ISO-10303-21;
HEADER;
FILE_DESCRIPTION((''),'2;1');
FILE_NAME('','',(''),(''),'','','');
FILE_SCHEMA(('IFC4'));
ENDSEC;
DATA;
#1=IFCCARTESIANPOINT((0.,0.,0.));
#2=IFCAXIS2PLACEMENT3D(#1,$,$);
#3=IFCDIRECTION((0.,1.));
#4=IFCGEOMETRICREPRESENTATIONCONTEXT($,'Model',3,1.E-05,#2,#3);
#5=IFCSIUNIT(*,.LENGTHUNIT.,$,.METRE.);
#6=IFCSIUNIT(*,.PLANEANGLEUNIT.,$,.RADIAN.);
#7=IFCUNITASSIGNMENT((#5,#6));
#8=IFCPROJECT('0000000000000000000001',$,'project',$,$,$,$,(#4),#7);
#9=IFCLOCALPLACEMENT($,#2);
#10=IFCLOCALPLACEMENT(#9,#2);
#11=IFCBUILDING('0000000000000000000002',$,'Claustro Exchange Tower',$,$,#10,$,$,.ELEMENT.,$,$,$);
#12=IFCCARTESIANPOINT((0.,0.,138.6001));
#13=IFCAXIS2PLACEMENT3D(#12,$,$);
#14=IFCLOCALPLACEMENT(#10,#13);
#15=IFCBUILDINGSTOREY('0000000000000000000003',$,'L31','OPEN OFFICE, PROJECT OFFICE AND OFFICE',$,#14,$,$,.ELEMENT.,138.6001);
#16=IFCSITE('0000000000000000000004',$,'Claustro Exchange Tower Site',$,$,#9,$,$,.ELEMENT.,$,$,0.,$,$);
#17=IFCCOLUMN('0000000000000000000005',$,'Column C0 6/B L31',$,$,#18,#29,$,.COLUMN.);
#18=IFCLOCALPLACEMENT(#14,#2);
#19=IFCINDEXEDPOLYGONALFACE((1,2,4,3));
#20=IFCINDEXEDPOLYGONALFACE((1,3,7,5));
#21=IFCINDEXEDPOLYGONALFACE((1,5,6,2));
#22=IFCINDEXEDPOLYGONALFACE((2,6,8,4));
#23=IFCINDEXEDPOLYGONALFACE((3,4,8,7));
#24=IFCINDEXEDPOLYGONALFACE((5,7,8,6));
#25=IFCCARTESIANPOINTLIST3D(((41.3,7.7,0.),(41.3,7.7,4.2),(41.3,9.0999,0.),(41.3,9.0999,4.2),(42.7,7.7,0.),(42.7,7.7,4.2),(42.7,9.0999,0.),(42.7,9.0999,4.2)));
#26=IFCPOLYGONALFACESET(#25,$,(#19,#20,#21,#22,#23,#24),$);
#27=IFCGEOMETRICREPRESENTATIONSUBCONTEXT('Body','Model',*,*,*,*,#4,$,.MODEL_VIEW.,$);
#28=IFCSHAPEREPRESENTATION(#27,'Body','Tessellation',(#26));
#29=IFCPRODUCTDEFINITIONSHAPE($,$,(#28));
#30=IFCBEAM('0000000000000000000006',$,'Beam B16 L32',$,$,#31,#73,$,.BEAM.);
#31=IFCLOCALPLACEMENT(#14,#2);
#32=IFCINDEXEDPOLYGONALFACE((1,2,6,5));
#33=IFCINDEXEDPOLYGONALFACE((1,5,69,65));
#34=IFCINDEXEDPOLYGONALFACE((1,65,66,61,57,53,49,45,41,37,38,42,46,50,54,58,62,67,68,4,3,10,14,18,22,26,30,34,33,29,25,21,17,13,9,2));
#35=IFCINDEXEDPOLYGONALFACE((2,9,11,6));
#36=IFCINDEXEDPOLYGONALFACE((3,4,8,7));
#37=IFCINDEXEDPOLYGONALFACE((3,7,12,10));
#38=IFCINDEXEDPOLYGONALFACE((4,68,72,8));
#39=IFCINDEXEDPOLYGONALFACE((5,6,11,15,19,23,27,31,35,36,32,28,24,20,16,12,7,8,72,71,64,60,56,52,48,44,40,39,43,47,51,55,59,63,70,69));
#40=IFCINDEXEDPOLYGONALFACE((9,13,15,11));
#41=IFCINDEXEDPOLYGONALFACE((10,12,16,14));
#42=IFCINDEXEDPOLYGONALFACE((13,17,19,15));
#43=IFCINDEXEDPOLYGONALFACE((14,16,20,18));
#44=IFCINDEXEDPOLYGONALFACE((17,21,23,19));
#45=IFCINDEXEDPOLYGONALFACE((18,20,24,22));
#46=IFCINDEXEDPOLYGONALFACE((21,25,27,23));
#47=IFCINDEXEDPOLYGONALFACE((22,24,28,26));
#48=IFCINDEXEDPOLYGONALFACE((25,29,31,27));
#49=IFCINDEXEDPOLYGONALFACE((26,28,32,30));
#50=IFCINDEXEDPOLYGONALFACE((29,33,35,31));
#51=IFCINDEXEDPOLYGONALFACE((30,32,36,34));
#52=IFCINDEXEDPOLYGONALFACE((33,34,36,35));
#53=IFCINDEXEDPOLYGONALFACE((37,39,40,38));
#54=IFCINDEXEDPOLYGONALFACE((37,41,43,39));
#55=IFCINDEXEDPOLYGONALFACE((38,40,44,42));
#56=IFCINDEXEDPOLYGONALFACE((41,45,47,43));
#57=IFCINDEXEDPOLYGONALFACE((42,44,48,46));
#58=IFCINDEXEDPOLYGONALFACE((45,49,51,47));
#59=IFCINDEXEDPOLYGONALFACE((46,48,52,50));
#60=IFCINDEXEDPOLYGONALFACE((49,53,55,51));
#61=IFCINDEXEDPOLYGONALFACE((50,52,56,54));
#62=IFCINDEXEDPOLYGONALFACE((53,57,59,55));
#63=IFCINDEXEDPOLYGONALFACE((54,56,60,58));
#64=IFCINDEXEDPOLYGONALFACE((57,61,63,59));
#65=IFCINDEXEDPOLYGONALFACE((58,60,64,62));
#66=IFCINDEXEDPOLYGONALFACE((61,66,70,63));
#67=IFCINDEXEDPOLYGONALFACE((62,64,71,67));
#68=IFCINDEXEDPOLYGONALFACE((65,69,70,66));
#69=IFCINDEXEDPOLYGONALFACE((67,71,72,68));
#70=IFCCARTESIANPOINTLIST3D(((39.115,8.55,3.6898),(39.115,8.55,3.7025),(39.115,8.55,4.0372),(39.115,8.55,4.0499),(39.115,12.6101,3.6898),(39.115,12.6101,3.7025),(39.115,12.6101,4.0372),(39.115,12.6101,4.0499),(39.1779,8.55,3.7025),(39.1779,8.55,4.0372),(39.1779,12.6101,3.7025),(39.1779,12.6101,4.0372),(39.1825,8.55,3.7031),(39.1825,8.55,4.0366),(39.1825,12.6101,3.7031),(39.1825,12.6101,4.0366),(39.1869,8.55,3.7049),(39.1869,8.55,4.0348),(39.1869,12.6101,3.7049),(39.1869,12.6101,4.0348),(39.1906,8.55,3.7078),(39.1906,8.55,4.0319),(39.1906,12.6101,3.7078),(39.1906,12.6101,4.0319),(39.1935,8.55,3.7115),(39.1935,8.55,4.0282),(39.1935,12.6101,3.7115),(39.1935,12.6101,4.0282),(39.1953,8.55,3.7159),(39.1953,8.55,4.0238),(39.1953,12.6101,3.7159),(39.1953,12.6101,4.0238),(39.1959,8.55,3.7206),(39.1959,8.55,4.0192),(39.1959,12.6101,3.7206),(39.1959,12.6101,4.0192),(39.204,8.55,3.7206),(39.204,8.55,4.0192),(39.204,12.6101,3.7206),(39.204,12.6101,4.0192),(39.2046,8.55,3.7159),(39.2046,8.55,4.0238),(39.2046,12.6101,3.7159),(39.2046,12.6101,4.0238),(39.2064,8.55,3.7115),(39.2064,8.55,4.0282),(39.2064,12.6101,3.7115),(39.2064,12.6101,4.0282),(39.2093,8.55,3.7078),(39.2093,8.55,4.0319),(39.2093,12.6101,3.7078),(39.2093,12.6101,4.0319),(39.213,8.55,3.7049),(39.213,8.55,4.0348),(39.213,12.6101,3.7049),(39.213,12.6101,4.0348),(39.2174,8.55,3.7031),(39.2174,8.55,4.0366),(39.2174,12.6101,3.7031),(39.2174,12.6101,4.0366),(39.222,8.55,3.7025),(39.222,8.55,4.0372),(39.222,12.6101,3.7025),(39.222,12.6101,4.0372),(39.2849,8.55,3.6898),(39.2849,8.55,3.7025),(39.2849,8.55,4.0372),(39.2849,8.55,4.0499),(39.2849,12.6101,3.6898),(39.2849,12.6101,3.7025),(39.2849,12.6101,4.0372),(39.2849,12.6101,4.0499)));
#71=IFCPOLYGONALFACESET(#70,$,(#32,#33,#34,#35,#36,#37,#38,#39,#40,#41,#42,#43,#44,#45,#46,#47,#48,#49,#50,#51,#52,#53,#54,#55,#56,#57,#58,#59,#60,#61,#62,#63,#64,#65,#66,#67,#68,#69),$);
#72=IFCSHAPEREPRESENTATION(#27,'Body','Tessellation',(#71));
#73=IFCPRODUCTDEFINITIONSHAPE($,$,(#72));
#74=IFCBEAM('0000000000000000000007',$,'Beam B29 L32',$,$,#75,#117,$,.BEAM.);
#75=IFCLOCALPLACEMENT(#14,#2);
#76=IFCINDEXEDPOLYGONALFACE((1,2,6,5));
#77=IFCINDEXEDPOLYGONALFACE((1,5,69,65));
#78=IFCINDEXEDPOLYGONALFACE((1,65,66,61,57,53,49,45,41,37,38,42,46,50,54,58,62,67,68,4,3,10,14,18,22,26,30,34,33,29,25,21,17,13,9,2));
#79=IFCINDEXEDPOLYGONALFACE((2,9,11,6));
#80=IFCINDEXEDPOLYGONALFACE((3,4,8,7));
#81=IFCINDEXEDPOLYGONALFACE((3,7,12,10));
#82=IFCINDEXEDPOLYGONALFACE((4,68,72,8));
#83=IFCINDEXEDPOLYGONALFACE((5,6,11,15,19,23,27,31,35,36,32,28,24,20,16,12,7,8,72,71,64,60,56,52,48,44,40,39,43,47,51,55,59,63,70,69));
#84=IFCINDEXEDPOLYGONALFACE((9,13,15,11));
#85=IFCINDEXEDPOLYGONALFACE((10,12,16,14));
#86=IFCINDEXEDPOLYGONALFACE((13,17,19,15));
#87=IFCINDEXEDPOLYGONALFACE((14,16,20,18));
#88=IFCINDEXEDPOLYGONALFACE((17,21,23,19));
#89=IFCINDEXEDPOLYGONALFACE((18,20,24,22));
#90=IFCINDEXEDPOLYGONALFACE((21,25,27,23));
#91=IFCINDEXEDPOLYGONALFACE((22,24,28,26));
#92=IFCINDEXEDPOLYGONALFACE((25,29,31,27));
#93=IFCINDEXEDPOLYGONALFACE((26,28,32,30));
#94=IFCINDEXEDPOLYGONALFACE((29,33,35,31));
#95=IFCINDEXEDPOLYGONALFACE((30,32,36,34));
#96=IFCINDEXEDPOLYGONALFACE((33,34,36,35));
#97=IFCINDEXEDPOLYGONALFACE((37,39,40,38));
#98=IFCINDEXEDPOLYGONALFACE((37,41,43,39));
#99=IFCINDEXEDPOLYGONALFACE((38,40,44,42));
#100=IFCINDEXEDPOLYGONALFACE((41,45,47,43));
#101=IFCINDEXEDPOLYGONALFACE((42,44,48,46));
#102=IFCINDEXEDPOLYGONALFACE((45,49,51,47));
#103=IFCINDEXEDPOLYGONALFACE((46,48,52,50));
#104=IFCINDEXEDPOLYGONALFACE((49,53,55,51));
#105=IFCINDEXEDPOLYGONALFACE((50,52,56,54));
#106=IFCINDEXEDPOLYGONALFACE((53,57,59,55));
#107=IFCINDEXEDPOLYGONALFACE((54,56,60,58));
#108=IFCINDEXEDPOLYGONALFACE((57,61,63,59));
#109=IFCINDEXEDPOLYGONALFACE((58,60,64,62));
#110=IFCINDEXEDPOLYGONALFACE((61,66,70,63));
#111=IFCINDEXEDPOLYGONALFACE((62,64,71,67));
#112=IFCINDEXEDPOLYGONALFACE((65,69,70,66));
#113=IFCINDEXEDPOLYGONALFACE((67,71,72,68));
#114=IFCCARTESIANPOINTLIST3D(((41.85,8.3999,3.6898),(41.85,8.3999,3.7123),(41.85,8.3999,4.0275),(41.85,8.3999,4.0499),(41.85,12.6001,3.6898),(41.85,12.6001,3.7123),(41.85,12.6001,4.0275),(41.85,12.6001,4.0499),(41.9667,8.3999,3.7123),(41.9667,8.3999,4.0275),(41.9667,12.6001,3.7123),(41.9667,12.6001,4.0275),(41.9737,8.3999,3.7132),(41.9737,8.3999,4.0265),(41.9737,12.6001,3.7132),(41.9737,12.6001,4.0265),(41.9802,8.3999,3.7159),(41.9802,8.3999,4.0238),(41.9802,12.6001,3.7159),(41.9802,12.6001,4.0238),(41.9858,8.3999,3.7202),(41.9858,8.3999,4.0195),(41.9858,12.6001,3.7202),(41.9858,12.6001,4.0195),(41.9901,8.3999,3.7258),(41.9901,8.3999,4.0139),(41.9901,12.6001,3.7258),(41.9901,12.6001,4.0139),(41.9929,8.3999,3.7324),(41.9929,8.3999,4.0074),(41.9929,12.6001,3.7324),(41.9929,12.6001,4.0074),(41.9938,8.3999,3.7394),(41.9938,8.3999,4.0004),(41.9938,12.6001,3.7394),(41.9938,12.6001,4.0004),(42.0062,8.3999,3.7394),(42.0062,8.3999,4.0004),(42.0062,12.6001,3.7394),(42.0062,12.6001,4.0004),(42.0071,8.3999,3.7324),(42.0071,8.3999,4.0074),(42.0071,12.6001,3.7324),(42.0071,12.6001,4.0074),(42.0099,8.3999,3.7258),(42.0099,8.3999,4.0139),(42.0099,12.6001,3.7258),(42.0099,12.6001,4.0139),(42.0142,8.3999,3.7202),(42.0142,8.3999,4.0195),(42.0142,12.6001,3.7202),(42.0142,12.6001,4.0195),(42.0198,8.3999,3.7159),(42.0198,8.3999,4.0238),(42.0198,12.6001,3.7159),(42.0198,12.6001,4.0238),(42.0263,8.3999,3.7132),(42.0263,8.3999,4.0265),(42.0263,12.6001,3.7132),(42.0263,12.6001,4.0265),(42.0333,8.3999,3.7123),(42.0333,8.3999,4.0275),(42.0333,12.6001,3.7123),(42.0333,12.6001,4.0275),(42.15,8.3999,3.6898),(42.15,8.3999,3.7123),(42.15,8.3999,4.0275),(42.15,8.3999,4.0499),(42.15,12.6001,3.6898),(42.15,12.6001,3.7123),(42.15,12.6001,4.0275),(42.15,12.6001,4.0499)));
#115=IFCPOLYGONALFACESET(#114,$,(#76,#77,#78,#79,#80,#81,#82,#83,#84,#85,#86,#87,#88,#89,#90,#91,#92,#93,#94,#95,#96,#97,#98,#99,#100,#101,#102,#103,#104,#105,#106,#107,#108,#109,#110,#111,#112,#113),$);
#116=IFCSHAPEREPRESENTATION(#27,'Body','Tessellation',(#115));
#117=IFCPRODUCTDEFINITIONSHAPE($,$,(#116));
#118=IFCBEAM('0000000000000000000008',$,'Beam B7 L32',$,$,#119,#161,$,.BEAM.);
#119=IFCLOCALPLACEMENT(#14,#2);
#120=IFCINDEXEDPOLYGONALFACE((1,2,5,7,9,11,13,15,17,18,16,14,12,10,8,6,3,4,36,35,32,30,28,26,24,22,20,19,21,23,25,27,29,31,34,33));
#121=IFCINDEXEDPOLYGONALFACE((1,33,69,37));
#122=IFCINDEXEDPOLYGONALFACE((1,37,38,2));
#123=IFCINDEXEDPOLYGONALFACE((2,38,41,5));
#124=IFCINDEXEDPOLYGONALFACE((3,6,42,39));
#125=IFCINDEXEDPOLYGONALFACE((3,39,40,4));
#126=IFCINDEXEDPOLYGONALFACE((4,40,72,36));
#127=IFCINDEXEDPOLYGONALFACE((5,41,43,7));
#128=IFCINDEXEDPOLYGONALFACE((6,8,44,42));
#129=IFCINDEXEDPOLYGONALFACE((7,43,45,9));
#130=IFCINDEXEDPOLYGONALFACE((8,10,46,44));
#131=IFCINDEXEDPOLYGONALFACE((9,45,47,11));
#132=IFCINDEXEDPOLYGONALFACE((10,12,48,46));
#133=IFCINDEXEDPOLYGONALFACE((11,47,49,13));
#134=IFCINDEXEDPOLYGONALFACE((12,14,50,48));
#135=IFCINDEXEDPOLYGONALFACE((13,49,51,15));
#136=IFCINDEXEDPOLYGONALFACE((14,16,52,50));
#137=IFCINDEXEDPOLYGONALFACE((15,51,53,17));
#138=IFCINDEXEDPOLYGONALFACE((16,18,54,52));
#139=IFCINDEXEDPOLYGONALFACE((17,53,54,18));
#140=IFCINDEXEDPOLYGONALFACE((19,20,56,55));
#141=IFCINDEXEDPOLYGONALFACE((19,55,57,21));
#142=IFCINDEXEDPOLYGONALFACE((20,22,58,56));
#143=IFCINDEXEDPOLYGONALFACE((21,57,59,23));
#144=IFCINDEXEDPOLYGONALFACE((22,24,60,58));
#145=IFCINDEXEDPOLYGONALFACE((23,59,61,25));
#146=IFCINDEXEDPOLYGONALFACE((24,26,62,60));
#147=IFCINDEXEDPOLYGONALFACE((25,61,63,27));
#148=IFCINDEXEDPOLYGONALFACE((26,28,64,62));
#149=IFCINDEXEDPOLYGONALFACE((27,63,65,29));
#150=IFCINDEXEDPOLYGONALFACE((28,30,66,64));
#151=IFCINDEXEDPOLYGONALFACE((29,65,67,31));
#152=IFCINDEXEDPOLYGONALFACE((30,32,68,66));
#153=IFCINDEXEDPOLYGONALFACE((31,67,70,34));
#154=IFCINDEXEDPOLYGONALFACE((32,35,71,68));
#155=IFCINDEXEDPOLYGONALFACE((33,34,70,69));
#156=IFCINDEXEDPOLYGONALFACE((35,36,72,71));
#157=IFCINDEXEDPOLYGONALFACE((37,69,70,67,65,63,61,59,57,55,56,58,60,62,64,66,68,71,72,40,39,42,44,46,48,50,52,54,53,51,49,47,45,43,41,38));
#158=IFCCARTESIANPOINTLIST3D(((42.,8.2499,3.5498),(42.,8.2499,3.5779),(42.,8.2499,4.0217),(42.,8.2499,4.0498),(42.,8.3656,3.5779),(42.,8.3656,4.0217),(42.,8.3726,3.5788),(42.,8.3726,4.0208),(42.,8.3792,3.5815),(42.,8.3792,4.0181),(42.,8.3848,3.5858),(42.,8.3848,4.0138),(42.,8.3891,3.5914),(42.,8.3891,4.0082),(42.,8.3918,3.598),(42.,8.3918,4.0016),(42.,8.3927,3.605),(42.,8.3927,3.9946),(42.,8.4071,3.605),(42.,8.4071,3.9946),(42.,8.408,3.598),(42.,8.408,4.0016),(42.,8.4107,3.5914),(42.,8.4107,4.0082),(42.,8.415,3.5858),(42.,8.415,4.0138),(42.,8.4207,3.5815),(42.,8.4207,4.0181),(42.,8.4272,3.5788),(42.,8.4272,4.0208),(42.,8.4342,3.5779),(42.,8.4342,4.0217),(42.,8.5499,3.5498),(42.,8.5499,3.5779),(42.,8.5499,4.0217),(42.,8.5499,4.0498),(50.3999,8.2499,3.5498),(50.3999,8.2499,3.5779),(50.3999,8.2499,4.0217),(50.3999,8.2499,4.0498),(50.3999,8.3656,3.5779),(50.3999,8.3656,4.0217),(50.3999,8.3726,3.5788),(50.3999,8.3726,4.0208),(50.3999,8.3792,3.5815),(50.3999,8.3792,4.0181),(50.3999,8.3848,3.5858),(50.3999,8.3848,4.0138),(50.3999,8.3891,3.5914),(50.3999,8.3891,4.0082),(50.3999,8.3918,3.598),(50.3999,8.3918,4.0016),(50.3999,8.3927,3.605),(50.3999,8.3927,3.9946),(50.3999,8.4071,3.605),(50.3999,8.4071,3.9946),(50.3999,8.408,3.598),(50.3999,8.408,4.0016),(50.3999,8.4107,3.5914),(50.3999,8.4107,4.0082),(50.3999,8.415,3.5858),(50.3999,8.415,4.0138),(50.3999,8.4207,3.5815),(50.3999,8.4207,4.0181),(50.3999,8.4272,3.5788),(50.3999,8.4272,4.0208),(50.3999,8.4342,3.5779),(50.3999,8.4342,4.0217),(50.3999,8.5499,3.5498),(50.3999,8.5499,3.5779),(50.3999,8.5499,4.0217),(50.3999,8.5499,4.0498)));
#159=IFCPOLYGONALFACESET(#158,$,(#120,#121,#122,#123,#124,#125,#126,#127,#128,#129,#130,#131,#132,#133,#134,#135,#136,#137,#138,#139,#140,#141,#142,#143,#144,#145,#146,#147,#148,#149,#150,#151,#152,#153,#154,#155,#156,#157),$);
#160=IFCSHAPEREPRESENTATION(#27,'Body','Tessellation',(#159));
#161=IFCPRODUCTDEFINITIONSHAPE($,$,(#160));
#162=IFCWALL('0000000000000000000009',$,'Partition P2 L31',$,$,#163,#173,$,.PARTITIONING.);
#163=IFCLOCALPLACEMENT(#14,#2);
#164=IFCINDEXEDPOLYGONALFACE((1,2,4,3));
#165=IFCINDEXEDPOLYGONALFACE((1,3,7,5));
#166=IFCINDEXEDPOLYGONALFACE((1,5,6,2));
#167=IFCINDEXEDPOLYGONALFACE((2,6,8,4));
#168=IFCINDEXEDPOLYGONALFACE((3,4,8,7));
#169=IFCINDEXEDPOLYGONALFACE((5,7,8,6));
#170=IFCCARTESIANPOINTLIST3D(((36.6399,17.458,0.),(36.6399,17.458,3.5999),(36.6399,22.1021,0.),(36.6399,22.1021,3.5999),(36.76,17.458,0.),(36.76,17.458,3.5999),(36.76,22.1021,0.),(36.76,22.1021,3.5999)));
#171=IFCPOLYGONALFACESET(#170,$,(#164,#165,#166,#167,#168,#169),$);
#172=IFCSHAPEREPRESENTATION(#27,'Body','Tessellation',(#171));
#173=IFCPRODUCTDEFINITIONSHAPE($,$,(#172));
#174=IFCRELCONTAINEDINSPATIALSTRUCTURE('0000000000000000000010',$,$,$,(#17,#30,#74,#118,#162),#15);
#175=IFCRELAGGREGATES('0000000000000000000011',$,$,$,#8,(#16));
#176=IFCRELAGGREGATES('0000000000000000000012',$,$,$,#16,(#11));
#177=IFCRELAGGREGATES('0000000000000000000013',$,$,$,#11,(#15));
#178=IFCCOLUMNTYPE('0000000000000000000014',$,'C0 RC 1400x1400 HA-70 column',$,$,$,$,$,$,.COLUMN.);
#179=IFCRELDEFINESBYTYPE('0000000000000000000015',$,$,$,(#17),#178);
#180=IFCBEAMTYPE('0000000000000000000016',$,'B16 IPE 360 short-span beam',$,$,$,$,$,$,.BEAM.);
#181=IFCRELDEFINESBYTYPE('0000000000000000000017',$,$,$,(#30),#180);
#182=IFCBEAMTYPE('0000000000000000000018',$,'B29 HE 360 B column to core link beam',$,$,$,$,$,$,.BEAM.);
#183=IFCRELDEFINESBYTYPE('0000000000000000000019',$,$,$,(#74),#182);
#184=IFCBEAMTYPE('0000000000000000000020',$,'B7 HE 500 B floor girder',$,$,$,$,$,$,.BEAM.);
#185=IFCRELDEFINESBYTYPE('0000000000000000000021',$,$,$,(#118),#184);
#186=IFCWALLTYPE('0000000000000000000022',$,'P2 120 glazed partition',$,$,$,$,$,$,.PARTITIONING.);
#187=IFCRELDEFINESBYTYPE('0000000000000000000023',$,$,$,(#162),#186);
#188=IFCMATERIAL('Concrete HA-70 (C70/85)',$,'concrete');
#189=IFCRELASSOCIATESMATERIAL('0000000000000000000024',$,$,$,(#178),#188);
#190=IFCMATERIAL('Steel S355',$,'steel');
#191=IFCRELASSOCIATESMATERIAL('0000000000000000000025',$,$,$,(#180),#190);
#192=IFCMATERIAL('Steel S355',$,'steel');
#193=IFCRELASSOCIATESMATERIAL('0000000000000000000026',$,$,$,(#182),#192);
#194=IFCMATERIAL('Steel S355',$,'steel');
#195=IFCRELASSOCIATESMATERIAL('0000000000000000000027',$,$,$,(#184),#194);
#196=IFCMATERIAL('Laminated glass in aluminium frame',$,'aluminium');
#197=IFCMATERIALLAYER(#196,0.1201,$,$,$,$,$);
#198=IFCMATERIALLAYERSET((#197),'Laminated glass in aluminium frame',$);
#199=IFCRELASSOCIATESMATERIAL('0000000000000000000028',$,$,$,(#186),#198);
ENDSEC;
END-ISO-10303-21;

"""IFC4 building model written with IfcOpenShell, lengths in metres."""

from ifc_helpers import new_model, si_unit, direction, frame, frame_2d, origin, origin_2d, place, context, subcontext, project, spatial, rectangle, i_section, extrude, material, layer, layer_set, material_profile, profile_set, type_object, element, save


model = new_model("IFC4")

# Units and contexts
model_context = context("Model", 3, precision=1e-05, world=origin(), true_north=direction((0.0, 1.0)))
body_context = subcontext(model_context, "Body", "Model", "MODEL_VIEW")
ifc_project = project(units=[si_unit("LENGTHUNIT", "METRE"), si_unit("PLANEANGLEUNIT", "RADIAN")], contexts=[model_context])

# Site, building, storey
site_placement = place(None, origin())
site = spatial("IfcSite", under=ifc_project, at=site_placement, Name="Claustro Exchange Tower Site", CompositionType="ELEMENT", RefElevation=0.0)
building_placement = place(site_placement, origin())
building = spatial("IfcBuilding", under=site, at=building_placement, Name="Claustro Exchange Tower", CompositionType="ELEMENT")
storey_placement = place(building_placement, frame((0.0, 0.0, 138.6001)))
storey = spatial("IfcBuildingStorey", under=building, at=storey_placement, Name="L31", Description="OPEN OFFICE, PROJECT OFFICE AND OFFICE", CompositionType="ELEMENT", Elevation=138.6001)

# Column
ifc_material_1 = material(Name="Concrete HA-70 (C70/85)", Category="concrete")
ifc_material_profile_1 = material_profile(ifc_material_1, rectangle(XDim=1.3999, YDim=1.3999, at=origin_2d()), Name="RC 1400x1400")
ifc_profile_set_1 = profile_set([ifc_material_profile_1], Name="Concrete HA-70 (C70/85)")
column_type = type_object("IfcColumnType", Name="C0 RC 1400x1400 HA-70 column", PredefinedType="COLUMN", material=ifc_profile_set_1)
column_placement = place(storey_placement, frame((42.0, 8.3999, 0.0), z_axis=(0.0, 0.0, 1.0), x_axis=(1.0, 0.0, 0.0)))
element("IfcColumn", 1, at=column_placement, inside=storey, type_object=column_type, Name="Column C0 6/B L31", PredefinedType="COLUMN", context=body_context, shape_type="SweptSolid", body=[
    extrude(rectangle(XDim=1.3999, YDim=1.3999, at=origin_2d()), origin(), (0.0, 0.0, 1.0), 4.2),
])

# Beams
ifc_material_2 = material(Name="Steel S355", Category="steel")
ifc_material_profile_2 = material_profile(ifc_material_2, i_section(OverallWidth=0.1699, OverallDepth=0.3601, WebThickness=0.0081, FlangeThickness=0.0127, FilletRadius=0.0181, at=origin_2d()), Name="IPE 360")
ifc_profile_set_2 = profile_set([ifc_material_profile_2], Name="Steel S355")
beam_type_1 = type_object("IfcBeamType", Name="B16 IPE 360 short-span beam", PredefinedType="BEAM", material=ifc_profile_set_2)
beam_1_placement = place(storey_placement, frame((39.2, 8.55, 3.8699), z_axis=(0.0, 1.0, 0.0), x_axis=(-1.0, 0.0, 0.0)))
element("IfcBeam", 2, at=beam_1_placement, inside=storey, type_object=beam_type_1, Name="Beam B16 L32", PredefinedType="BEAM", context=body_context, shape_type="SweptSolid", body=[
    extrude(i_section(OverallWidth=0.1699, OverallDepth=0.3601, WebThickness=0.0081, FlangeThickness=0.0127, FilletRadius=0.0181, at=origin_2d()), origin(), (0.0, 0.0, 1.0), 4.0601),
])
ifc_material_3 = material(Name="Steel S355", Category="steel")
ifc_material_profile_3 = material_profile(ifc_material_3, i_section(OverallWidth=0.3, OverallDepth=0.3601, WebThickness=0.0125, FlangeThickness=0.0225, FilletRadius=0.0271, at=origin_2d()), Name="HE 360 B")
ifc_profile_set_3 = profile_set([ifc_material_profile_3], Name="Steel S355")
beam_type_2 = type_object("IfcBeamType", Name="B29 HE 360 B column to core link beam", PredefinedType="BEAM", material=ifc_profile_set_3)
beam_2_placement = place(storey_placement, frame((42.0, 8.3999, 3.8699), z_axis=(0.0, 1.0, 0.0), x_axis=(-1.0, 0.0, 0.0)))
element("IfcBeam", 3, at=beam_2_placement, inside=storey, type_object=beam_type_2, Name="Beam B29 L32", PredefinedType="BEAM", context=body_context, shape_type="SweptSolid", body=[
    extrude(i_section(OverallWidth=0.3, OverallDepth=0.3601, WebThickness=0.0125, FlangeThickness=0.0225, FilletRadius=0.0271, at=origin_2d()), origin(), (0.0, 0.0, 1.0), 4.2002),
])
ifc_material_4 = material(Name="Steel S355", Category="steel")
ifc_material_profile_4 = material_profile(ifc_material_4, i_section(OverallWidth=0.3, OverallDepth=0.5, WebThickness=0.0144, FlangeThickness=0.0281, FilletRadius=0.0271, at=origin_2d()), Name="HE 500 B")
ifc_profile_set_4 = profile_set([ifc_material_profile_4], Name="Steel S355")
beam_type_3 = type_object("IfcBeamType", Name="B7 HE 500 B floor girder", PredefinedType="BEAM", material=ifc_profile_set_4)
beam_3_placement = place(storey_placement, frame((42.0, 8.3999, 3.7998), z_axis=(1.0, 0.0, 0.0), x_axis=(0.0, 1.0, 0.0)))
element("IfcBeam", 4, at=beam_3_placement, inside=storey, type_object=beam_type_3, Name="Beam B7 L32", PredefinedType="BEAM", context=body_context, shape_type="SweptSolid", body=[
    extrude(i_section(OverallWidth=0.3, OverallDepth=0.5, WebThickness=0.0144, FlangeThickness=0.0281, FilletRadius=0.0271, at=origin_2d()), origin(), (0.0, 0.0, 1.0), 8.3999),
])

# Wall
ifc_material_5 = material(Name="Laminated glass in aluminium frame", Category="aluminium")
ifc_layer_1 = layer(ifc_material_5, 0.1201)
ifc_layer_set_1 = layer_set([ifc_layer_1], Name="Laminated glass in aluminium frame")
wall_type_1 = type_object("IfcWallType", Name="P2 120 glazed partition", PredefinedType="PARTITIONING", material=ifc_layer_set_1)
wall_1_placement = place(storey_placement, frame((36.7, 17.458, 0.0), z_axis=(0.0, 0.0, 1.0), x_axis=(0.0, 1.0, 0.0)))
element("IfcWall", 5, at=wall_1_placement, inside=storey, type_object=wall_type_1, Name="Partition P2 L31", PredefinedType="PARTITIONING", context=body_context, shape_type="SweptSolid", body=[
    extrude(rectangle(XDim=4.644, YDim=0.1201, at=frame_2d((2.322, 0.0))), origin(), (0.0, 0.0, 1.0), 3.5999),
])

save(model, "model.ifc")
